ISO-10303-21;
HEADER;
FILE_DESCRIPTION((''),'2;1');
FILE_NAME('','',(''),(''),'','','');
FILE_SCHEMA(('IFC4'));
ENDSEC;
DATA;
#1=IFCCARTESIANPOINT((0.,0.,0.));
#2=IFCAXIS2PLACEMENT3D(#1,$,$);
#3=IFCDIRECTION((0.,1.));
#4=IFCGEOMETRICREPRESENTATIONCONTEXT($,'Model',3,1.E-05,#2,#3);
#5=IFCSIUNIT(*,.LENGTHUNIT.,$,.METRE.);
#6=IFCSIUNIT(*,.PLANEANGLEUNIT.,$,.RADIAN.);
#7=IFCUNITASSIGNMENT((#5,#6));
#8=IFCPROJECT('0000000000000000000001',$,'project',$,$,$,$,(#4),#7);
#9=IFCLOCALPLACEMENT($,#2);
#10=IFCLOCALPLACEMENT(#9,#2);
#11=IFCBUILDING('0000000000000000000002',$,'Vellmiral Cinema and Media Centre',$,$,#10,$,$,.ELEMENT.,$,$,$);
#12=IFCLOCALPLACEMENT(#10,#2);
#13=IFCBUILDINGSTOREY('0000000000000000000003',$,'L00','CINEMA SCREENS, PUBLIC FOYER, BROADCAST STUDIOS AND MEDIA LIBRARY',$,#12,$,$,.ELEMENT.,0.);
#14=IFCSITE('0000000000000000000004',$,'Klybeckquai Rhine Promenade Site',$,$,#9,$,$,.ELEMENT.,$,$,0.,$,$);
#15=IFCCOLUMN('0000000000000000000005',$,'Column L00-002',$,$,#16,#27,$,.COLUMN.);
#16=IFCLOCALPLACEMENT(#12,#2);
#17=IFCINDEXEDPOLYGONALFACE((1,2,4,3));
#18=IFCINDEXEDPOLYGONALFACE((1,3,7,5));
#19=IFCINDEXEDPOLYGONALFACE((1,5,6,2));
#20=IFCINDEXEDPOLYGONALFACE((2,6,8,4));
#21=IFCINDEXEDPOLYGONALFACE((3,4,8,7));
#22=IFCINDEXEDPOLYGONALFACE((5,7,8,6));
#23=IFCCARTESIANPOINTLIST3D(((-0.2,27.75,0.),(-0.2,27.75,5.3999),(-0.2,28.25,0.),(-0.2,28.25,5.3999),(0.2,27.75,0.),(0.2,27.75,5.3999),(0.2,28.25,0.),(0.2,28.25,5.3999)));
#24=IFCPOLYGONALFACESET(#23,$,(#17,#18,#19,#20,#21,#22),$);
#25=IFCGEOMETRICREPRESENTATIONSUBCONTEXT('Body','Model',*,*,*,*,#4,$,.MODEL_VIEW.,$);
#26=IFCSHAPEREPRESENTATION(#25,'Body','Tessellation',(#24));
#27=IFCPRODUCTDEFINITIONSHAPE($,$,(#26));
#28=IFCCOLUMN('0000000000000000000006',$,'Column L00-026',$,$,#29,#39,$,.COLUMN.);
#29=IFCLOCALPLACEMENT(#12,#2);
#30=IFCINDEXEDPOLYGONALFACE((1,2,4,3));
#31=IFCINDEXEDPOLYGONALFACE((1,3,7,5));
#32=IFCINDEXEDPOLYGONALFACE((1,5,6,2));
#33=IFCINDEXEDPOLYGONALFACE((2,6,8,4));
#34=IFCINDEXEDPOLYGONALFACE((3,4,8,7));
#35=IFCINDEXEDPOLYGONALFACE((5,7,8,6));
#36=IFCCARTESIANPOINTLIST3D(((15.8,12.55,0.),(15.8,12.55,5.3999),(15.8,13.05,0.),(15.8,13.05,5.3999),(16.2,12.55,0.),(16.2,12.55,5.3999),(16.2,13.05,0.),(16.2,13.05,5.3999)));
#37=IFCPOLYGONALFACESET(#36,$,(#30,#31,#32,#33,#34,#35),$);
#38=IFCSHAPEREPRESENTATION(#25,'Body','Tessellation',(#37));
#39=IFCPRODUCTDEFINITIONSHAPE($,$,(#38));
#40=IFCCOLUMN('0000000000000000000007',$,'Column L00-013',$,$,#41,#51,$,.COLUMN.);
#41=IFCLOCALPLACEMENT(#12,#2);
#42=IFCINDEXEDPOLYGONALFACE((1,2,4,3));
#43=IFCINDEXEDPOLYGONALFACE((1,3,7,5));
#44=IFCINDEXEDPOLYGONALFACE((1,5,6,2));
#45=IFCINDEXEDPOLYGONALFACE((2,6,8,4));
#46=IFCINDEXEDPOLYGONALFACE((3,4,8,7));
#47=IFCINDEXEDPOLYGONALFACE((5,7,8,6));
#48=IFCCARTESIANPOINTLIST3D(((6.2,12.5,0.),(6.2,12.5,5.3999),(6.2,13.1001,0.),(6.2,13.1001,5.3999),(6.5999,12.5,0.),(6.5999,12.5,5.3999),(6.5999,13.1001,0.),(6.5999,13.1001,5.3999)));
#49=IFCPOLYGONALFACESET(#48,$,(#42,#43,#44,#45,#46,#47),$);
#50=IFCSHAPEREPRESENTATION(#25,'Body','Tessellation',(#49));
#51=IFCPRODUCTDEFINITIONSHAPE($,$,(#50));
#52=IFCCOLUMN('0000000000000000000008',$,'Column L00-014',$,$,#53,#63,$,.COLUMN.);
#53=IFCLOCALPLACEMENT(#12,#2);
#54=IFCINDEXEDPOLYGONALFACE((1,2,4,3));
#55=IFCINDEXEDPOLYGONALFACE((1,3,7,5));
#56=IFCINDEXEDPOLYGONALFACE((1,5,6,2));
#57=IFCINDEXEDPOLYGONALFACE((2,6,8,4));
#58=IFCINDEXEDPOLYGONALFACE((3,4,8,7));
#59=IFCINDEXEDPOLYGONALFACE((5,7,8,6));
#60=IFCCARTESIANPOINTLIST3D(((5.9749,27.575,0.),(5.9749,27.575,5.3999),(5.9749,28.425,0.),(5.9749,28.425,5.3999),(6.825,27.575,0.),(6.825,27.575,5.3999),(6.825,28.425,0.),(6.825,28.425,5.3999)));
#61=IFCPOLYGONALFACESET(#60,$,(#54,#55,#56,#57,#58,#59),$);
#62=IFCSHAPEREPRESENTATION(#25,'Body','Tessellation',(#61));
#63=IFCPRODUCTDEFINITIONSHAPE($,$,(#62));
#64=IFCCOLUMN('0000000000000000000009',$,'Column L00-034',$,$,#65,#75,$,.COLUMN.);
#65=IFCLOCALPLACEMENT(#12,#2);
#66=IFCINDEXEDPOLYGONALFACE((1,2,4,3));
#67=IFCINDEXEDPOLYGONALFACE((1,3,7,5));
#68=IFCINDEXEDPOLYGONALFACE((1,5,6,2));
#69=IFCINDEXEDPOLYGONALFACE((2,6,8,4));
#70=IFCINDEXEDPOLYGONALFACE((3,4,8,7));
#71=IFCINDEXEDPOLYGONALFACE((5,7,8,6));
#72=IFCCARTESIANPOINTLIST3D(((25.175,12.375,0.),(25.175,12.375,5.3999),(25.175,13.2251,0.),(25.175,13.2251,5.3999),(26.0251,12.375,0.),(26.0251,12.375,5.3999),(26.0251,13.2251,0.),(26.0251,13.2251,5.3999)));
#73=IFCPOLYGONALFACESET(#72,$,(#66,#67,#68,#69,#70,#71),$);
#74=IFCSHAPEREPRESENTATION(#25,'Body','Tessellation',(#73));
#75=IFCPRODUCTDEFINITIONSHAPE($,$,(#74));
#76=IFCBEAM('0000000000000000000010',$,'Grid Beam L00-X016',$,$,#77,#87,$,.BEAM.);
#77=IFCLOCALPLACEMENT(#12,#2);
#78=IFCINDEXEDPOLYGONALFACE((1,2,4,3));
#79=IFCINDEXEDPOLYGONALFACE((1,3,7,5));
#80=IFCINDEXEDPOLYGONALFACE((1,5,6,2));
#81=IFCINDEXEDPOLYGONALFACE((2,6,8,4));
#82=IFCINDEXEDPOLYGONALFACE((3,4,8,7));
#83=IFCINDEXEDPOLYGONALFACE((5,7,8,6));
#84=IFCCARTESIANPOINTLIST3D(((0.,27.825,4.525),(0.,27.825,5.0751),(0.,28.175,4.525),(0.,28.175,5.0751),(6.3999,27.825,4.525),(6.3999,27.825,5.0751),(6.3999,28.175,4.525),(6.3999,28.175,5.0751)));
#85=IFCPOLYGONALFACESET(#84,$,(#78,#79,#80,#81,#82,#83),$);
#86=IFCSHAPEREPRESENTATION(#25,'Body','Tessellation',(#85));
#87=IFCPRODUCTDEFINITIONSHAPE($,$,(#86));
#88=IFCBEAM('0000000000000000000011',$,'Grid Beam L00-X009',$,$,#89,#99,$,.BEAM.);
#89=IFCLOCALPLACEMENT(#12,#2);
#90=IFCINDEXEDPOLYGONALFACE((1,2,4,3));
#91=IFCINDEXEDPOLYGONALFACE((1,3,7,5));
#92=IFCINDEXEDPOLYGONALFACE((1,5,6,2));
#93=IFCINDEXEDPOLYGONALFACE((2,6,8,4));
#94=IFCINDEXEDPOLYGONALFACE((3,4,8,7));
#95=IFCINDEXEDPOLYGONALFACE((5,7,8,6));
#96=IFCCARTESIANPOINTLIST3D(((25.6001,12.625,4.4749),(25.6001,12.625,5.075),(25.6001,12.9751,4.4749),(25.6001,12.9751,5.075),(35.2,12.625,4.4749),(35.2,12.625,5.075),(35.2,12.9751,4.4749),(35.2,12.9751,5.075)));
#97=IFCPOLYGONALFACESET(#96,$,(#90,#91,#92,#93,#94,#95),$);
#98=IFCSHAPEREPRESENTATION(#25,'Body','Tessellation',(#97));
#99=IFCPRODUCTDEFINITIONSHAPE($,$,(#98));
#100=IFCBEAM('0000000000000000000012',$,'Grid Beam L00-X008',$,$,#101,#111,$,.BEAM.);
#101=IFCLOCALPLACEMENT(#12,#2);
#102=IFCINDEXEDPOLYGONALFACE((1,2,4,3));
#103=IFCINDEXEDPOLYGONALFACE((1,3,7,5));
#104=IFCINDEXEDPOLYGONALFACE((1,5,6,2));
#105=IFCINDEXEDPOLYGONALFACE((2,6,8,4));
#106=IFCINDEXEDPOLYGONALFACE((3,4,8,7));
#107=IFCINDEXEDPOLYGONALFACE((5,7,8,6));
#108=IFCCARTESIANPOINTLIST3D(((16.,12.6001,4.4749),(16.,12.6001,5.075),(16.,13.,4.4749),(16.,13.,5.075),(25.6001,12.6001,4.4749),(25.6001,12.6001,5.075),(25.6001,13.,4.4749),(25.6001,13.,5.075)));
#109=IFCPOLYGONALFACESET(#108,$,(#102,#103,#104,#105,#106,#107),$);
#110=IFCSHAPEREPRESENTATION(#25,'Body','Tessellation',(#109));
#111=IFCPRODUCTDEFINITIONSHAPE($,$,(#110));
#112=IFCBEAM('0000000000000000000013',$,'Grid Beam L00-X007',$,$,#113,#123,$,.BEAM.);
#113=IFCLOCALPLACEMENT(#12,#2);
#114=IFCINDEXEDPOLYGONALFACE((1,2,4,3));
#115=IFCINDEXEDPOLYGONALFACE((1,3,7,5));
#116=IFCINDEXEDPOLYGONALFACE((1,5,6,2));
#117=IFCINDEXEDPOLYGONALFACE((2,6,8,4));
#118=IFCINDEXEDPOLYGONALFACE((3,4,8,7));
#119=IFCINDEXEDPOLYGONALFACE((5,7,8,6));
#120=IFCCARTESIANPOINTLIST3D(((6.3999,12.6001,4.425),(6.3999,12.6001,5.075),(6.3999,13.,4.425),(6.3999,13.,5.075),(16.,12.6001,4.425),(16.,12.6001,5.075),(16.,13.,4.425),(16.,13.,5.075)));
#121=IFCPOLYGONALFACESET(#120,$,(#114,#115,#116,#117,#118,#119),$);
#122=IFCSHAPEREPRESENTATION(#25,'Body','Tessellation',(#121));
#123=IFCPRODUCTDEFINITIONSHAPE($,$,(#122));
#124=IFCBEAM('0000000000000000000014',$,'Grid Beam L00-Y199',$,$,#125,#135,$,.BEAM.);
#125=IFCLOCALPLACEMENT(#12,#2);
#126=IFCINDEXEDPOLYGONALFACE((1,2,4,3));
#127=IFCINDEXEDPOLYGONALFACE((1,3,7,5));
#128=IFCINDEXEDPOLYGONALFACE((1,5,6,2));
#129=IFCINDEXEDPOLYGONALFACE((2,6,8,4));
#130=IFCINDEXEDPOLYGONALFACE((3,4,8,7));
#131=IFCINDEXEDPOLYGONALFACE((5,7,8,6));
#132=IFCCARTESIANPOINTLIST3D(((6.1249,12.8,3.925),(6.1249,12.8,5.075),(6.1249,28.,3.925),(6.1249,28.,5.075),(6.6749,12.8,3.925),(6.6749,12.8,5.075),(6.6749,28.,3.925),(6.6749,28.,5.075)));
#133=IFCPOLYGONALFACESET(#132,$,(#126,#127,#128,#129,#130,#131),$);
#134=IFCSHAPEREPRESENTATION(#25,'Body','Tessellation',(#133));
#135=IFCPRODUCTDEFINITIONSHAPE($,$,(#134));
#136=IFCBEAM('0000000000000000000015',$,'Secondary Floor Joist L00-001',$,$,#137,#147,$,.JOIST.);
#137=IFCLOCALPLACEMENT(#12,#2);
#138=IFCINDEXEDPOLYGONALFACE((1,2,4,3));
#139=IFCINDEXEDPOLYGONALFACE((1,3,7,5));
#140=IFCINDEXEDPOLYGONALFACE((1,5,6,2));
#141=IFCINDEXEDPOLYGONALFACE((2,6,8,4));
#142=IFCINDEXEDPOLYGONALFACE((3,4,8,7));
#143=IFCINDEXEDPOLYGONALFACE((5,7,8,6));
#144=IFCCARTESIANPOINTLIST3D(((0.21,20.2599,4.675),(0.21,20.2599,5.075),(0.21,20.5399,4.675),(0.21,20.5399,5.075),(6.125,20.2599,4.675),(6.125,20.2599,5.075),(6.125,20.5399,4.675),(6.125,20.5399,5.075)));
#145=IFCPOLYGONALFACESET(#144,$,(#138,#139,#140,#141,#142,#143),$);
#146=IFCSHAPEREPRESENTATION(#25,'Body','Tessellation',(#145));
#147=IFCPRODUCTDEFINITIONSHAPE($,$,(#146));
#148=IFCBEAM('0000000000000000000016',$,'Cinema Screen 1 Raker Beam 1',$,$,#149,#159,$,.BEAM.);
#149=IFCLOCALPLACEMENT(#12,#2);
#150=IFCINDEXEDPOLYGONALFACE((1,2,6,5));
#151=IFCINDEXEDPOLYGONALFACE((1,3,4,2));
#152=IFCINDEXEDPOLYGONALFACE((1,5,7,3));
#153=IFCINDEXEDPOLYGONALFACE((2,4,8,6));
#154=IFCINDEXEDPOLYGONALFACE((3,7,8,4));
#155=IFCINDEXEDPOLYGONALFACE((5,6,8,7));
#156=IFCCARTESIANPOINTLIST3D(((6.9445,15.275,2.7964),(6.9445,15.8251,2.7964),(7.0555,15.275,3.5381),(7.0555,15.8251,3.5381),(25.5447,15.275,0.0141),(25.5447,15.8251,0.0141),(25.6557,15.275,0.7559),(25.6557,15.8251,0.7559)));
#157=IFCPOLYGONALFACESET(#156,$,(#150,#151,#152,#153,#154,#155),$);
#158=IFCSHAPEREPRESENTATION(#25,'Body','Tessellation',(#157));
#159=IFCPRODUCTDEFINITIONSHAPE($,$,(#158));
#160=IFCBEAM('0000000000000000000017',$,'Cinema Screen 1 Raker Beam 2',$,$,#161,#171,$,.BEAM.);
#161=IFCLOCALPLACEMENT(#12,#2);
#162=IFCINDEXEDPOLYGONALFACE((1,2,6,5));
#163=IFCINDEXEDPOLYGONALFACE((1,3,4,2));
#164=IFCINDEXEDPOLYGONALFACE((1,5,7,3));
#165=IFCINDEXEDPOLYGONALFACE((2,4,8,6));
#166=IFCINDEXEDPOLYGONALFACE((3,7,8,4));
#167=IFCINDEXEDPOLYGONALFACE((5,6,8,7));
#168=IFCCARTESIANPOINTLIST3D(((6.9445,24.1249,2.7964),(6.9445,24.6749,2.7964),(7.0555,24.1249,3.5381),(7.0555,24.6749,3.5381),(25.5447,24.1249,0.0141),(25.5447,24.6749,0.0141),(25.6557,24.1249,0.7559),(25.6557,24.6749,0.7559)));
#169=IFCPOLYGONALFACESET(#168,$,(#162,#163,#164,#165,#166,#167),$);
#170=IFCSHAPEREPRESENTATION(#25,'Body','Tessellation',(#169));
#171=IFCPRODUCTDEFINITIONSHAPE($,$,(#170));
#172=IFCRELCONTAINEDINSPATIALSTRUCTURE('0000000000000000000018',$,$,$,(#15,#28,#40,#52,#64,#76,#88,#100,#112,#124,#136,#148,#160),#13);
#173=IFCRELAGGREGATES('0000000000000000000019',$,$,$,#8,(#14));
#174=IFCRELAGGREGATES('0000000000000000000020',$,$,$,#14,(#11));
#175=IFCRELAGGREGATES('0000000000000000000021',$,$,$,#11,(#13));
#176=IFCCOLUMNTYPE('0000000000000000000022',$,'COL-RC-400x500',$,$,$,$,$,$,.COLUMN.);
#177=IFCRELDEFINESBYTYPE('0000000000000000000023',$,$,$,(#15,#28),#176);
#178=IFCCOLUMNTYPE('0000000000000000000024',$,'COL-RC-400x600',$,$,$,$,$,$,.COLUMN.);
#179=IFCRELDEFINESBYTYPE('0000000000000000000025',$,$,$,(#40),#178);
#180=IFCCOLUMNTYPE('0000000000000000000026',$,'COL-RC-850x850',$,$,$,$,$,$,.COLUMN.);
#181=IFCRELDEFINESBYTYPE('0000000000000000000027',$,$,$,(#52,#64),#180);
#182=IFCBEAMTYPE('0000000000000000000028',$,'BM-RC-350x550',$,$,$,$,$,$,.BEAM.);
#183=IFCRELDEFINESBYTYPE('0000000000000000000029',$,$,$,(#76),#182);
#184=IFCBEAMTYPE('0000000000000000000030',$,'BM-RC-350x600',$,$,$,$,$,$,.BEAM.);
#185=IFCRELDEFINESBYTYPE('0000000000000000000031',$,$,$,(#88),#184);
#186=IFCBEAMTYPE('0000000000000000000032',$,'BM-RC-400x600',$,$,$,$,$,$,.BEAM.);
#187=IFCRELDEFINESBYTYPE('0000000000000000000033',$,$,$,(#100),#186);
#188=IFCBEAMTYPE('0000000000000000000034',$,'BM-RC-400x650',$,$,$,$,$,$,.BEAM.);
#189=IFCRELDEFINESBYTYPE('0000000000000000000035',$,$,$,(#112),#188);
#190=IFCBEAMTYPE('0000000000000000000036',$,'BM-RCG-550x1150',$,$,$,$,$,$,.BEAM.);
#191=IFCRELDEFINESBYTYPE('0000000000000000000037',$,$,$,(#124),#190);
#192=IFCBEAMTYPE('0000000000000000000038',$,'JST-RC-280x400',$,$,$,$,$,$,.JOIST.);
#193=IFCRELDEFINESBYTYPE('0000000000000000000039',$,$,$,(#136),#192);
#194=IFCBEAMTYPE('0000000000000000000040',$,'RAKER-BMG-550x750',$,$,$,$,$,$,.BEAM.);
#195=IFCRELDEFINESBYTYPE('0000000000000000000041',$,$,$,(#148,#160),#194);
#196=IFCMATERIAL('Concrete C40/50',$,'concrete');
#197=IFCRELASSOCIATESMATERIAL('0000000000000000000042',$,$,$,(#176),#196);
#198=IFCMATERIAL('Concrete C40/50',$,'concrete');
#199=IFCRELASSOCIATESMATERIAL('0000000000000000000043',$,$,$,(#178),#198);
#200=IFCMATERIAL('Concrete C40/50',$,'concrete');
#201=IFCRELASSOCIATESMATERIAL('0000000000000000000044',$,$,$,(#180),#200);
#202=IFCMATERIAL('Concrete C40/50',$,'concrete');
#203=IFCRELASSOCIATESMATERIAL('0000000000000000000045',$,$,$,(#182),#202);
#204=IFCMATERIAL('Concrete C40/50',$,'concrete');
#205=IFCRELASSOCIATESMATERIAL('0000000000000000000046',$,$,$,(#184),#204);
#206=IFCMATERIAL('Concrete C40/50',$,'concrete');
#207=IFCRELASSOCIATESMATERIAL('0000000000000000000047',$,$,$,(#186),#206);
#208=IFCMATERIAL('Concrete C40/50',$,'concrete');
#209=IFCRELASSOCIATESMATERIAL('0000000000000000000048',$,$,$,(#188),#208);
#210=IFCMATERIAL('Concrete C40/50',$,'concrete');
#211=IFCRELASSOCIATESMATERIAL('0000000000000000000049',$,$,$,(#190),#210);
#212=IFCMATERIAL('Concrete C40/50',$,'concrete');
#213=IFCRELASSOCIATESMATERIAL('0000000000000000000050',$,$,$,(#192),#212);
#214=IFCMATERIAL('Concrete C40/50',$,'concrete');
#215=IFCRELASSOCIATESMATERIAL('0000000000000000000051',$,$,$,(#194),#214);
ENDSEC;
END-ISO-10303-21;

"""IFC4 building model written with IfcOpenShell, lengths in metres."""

from ifc_helpers import new_model, si_unit, direction, frame, origin, origin_2d, place, context, subcontext, project, spatial, rectangle, extrude, material, material_profile, profile_set, type_object, element, save


model = new_model("IFC4")

# Units and contexts
model_context = context("Model", 3, precision=1e-05, world=origin(), true_north=direction((0.0, 1.0)))
body_context = subcontext(model_context, "Body", "Model", "MODEL_VIEW")
ifc_project = project(units=[si_unit("LENGTHUNIT", "METRE"), si_unit("PLANEANGLEUNIT", "RADIAN")], contexts=[model_context])

# Site, building, storey
site_placement = place(None, origin())
site = spatial("IfcSite", under=ifc_project, at=site_placement, Name="Klybeckquai Rhine Promenade Site", CompositionType="ELEMENT", RefElevation=0.0)
building_placement = place(site_placement, origin())
building = spatial("IfcBuilding", under=site, at=building_placement, Name="Vellmiral Cinema and Media Centre", CompositionType="ELEMENT")
storey_placement = place(building_placement, origin())
storey = spatial("IfcBuildingStorey", under=building, at=storey_placement, Name="L00", Description="CINEMA SCREENS, PUBLIC FOYER, BROADCAST STUDIOS AND MEDIA LIBRARY", CompositionType="ELEMENT", Elevation=0.0)

# Columns
ifc_material_1 = material(Name="Concrete C40/50", Category="concrete")
ifc_material_profile_1 = material_profile(ifc_material_1, rectangle(XDim=0.3999, YDim=0.5, at=origin_2d()), Name="RC 400x500")
ifc_profile_set_1 = profile_set([ifc_material_profile_1], Name="Concrete C40/50")
column_type_1 = type_object("IfcColumnType", Name="COL-RC-400x500", PredefinedType="COLUMN", material=ifc_profile_set_1)
for number, where, z_axis, x_axis, name in (
    (1, (0.0, 28.0, 0.0), (0.0, 0.0, 1.0), (1.0, 0.0, 0.0), "Column L00-002"),
    (2, (16.0, 12.8, 0.0), (0.0, 0.0, 1.0), (1.0, 0.0, 0.0), "Column L00-026"),
):
    element("IfcColumn", number, at=place(storey_placement, frame(where, z_axis=z_axis, x_axis=x_axis)), inside=storey, type_object=column_type_1, Name=name, PredefinedType="COLUMN", context=body_context, shape_type="SweptSolid", body=[
        extrude(rectangle(XDim=0.3999, YDim=0.5, at=origin_2d()), origin(), (0.0, 0.0, 1.0), 5.3999),
    ])
ifc_material_2 = material(Name="Concrete C40/50", Category="concrete")
ifc_material_profile_2 = material_profile(ifc_material_2, rectangle(XDim=0.3999, YDim=0.6001, at=origin_2d()), Name="RC 400x600")
ifc_profile_set_2 = profile_set([ifc_material_profile_2], Name="Concrete C40/50")
column_type_2 = type_object("IfcColumnType", Name="COL-RC-400x600", PredefinedType="COLUMN", material=ifc_profile_set_2)
column_placement = place(storey_placement, frame((6.3999, 12.8, 0.0), z_axis=(0.0, 0.0, 1.0), x_axis=(1.0, 0.0, 0.0)))
element("IfcColumn", 3, at=column_placement, inside=storey, type_object=column_type_2, Name="Column L00-013", PredefinedType="COLUMN", context=body_context, shape_type="SweptSolid", body=[
    extrude(rectangle(XDim=0.3999, YDim=0.6001, at=origin_2d()), origin(), (0.0, 0.0, 1.0), 5.3999),
])
ifc_material_3 = material(Name="Concrete C40/50", Category="concrete")
ifc_material_profile_3 = material_profile(ifc_material_3, rectangle(XDim=0.8501, YDim=0.8501, at=origin_2d()), Name="RC 850x850")
ifc_profile_set_3 = profile_set([ifc_material_profile_3], Name="Concrete C40/50")
column_type_3 = type_object("IfcColumnType", Name="COL-RC-850x850", PredefinedType="COLUMN", material=ifc_profile_set_3)
for number, where, z_axis, x_axis, name in (
    (4, (6.3999, 28.0, 0.0), (0.0, 0.0, 1.0), (1.0, 0.0, 0.0), "Column L00-014"),
    (5, (25.6001, 12.8, 0.0), (0.0, 0.0, 1.0), (1.0, 0.0, 0.0), "Column L00-034"),
):
    element("IfcColumn", number, at=place(storey_placement, frame(where, z_axis=z_axis, x_axis=x_axis)), inside=storey, type_object=column_type_3, Name=name, PredefinedType="COLUMN", context=body_context, shape_type="SweptSolid", body=[
        extrude(rectangle(XDim=0.8501, YDim=0.8501, at=origin_2d()), origin(), (0.0, 0.0, 1.0), 5.3999),
    ])

# Beams
ifc_material_4 = material(Name="Concrete C40/50", Category="concrete")
ifc_material_profile_4 = material_profile(ifc_material_4, rectangle(XDim=0.3501, YDim=0.55, at=origin_2d()), Name="RC 350x550")
ifc_profile_set_4 = profile_set([ifc_material_profile_4], Name="Concrete C40/50")
beam_type_1 = type_object("IfcBeamType", Name="BM-RC-350x550", PredefinedType="BEAM", material=ifc_profile_set_4)
beam_1_placement = place(storey_placement, frame((0.0, 28.0, 4.8), z_axis=(1.0, 0.0, 0.0), x_axis=(0.0, 1.0, 0.0)))
element("IfcBeam", 6, at=beam_1_placement, inside=storey, type_object=beam_type_1, Name="Grid Beam L00-X016", PredefinedType="BEAM", context=body_context, shape_type="SweptSolid", body=[
    extrude(rectangle(XDim=0.3501, YDim=0.55, at=origin_2d()), origin(), (0.0, 0.0, 1.0), 6.3999),
])
ifc_material_5 = material(Name="Concrete C40/50", Category="concrete")
ifc_material_profile_5 = material_profile(ifc_material_5, rectangle(XDim=0.3501, YDim=0.6001, at=origin_2d()), Name="RC 350x600")
ifc_profile_set_5 = profile_set([ifc_material_profile_5], Name="Concrete C40/50")
beam_type_2 = type_object("IfcBeamType", Name="BM-RC-350x600", PredefinedType="BEAM", material=ifc_profile_set_5)
beam_2_placement = place(storey_placement, frame((25.6001, 12.8, 4.7749), z_axis=(1.0, 0.0, 0.0), x_axis=(0.0, 1.0, 0.0)))
element("IfcBeam", 7, at=beam_2_placement, inside=storey, type_object=beam_type_2, Name="Grid Beam L00-X009", PredefinedType="BEAM", context=body_context, shape_type="SweptSolid", body=[
    extrude(rectangle(XDim=0.3501, YDim=0.6001, at=origin_2d()), origin(), (0.0, 0.0, 1.0), 9.5999),
])
ifc_material_6 = material(Name="Concrete C40/50", Category="concrete")
ifc_material_profile_6 = material_profile(ifc_material_6, rectangle(XDim=0.3999, YDim=0.6001, at=origin_2d()), Name="RC 400x600")
ifc_profile_set_6 = profile_set([ifc_material_profile_6], Name="Concrete C40/50")
beam_type_3 = type_object("IfcBeamType", Name="BM-RC-400x600", PredefinedType="BEAM", material=ifc_profile_set_6)
beam_3_placement = place(storey_placement, frame((16.0, 12.8, 4.7749), z_axis=(1.0, 0.0, 0.0), x_axis=(0.0, 1.0, 0.0)))
element("IfcBeam", 8, at=beam_3_placement, inside=storey, type_object=beam_type_3, Name="Grid Beam L00-X008", PredefinedType="BEAM", context=body_context, shape_type="SweptSolid", body=[
    extrude(rectangle(XDim=0.3999, YDim=0.6001, at=origin_2d()), origin(), (0.0, 0.0, 1.0), 9.6001),
])
ifc_material_7 = material(Name="Concrete C40/50", Category="concrete")
ifc_material_profile_7 = material_profile(ifc_material_7, rectangle(XDim=0.3999, YDim=0.6499, at=origin_2d()), Name="RC 400x650")
ifc_profile_set_7 = profile_set([ifc_material_profile_7], Name="Concrete C40/50")
beam_type_4 = type_object("IfcBeamType", Name="BM-RC-400x650", PredefinedType="BEAM", material=ifc_profile_set_7)
beam_4_placement = place(storey_placement, frame((6.3999, 12.8, 4.75), z_axis=(1.0, 0.0, 0.0), x_axis=(0.0, 1.0, 0.0)))
element("IfcBeam", 9, at=beam_4_placement, inside=storey, type_object=beam_type_4, Name="Grid Beam L00-X007", PredefinedType="BEAM", context=body_context, shape_type="SweptSolid", body=[
    extrude(rectangle(XDim=0.3999, YDim=0.6499, at=origin_2d()), origin(), (0.0, 0.0, 1.0), 9.6001),
])
ifc_material_8 = material(Name="Concrete C40/50", Category="concrete")
ifc_material_profile_8 = material_profile(ifc_material_8, rectangle(XDim=0.55, YDim=1.1499, at=origin_2d()), Name="RC 550x1150")
ifc_profile_set_8 = profile_set([ifc_material_profile_8], Name="Concrete C40/50")
beam_type_5 = type_object("IfcBeamType", Name="BM-RCG-550x1150", PredefinedType="BEAM", material=ifc_profile_set_8)
beam_5_placement = place(storey_placement, frame((6.3999, 12.8, 4.5), z_axis=(0.0, 1.0, 0.0), x_axis=(-1.0, 0.0, 0.0)))
element("IfcBeam", 10, at=beam_5_placement, inside=storey, type_object=beam_type_5, Name="Grid Beam L00-Y199", PredefinedType="BEAM", context=body_context, shape_type="SweptSolid", body=[
    extrude(rectangle(XDim=0.55, YDim=1.1499, at=origin_2d()), origin(), (0.0, 0.0, 1.0), 15.2),
])
ifc_material_9 = material(Name="Concrete C40/50", Category="concrete")
ifc_material_profile_9 = material_profile(ifc_material_9, rectangle(XDim=0.28, YDim=0.3999, at=origin_2d()), Name="RC 280x400")
ifc_profile_set_9 = profile_set([ifc_material_profile_9], Name="Concrete C40/50")
beam_type_6 = type_object("IfcBeamType", Name="JST-RC-280x400", PredefinedType="JOIST", material=ifc_profile_set_9)
beam_6_placement = place(storey_placement, frame((0.21, 20.3999, 4.875), z_axis=(1.0, 0.0, 0.0), x_axis=(0.0, 1.0, 0.0)))
element("IfcBeam", 11, at=beam_6_placement, inside=storey, type_object=beam_type_6, Name="Secondary Floor Joist L00-001", PredefinedType="JOIST", context=body_context, shape_type="SweptSolid", body=[
    extrude(rectangle(XDim=0.28, YDim=0.3999, at=origin_2d()), origin(), (0.0, 0.0, 1.0), 5.915),
])
ifc_material_10 = material(Name="Concrete C40/50", Category="concrete")
ifc_material_profile_10 = material_profile(ifc_material_10, rectangle(XDim=0.55, YDim=0.75, at=origin_2d()), Name="RC 550x750")
ifc_profile_set_10 = profile_set([ifc_material_profile_10], Name="Concrete C40/50")
beam_type_7 = type_object("IfcBeamType", Name="RAKER-BMG-550x750", PredefinedType="BEAM", material=ifc_profile_set_10)
for number, where, z_axis, x_axis, name in (
    (12, (7.0, 15.55, 3.1672), (0.988997, 0.0, -0.147935), (0.0, 1.0, 0.0), "Cinema Screen 1 Raker Beam 1"),
    (13, (7.0, 24.3999, 3.1672), (0.988997, 0.0, -0.147935), (0.0, 1.0, 0.0), "Cinema Screen 1 Raker Beam 2"),
):
    element("IfcBeam", number, at=place(storey_placement, frame(where, z_axis=z_axis, x_axis=x_axis)), inside=storey, type_object=beam_type_7, Name=name, PredefinedType="BEAM", context=body_context, shape_type="SweptSolid", body=[
        extrude(rectangle(XDim=0.55, YDim=0.75, at=origin_2d()), origin(), (0.0, 0.0, 1.0), 18.8071),
    ])

save(model, "model.ifc")
